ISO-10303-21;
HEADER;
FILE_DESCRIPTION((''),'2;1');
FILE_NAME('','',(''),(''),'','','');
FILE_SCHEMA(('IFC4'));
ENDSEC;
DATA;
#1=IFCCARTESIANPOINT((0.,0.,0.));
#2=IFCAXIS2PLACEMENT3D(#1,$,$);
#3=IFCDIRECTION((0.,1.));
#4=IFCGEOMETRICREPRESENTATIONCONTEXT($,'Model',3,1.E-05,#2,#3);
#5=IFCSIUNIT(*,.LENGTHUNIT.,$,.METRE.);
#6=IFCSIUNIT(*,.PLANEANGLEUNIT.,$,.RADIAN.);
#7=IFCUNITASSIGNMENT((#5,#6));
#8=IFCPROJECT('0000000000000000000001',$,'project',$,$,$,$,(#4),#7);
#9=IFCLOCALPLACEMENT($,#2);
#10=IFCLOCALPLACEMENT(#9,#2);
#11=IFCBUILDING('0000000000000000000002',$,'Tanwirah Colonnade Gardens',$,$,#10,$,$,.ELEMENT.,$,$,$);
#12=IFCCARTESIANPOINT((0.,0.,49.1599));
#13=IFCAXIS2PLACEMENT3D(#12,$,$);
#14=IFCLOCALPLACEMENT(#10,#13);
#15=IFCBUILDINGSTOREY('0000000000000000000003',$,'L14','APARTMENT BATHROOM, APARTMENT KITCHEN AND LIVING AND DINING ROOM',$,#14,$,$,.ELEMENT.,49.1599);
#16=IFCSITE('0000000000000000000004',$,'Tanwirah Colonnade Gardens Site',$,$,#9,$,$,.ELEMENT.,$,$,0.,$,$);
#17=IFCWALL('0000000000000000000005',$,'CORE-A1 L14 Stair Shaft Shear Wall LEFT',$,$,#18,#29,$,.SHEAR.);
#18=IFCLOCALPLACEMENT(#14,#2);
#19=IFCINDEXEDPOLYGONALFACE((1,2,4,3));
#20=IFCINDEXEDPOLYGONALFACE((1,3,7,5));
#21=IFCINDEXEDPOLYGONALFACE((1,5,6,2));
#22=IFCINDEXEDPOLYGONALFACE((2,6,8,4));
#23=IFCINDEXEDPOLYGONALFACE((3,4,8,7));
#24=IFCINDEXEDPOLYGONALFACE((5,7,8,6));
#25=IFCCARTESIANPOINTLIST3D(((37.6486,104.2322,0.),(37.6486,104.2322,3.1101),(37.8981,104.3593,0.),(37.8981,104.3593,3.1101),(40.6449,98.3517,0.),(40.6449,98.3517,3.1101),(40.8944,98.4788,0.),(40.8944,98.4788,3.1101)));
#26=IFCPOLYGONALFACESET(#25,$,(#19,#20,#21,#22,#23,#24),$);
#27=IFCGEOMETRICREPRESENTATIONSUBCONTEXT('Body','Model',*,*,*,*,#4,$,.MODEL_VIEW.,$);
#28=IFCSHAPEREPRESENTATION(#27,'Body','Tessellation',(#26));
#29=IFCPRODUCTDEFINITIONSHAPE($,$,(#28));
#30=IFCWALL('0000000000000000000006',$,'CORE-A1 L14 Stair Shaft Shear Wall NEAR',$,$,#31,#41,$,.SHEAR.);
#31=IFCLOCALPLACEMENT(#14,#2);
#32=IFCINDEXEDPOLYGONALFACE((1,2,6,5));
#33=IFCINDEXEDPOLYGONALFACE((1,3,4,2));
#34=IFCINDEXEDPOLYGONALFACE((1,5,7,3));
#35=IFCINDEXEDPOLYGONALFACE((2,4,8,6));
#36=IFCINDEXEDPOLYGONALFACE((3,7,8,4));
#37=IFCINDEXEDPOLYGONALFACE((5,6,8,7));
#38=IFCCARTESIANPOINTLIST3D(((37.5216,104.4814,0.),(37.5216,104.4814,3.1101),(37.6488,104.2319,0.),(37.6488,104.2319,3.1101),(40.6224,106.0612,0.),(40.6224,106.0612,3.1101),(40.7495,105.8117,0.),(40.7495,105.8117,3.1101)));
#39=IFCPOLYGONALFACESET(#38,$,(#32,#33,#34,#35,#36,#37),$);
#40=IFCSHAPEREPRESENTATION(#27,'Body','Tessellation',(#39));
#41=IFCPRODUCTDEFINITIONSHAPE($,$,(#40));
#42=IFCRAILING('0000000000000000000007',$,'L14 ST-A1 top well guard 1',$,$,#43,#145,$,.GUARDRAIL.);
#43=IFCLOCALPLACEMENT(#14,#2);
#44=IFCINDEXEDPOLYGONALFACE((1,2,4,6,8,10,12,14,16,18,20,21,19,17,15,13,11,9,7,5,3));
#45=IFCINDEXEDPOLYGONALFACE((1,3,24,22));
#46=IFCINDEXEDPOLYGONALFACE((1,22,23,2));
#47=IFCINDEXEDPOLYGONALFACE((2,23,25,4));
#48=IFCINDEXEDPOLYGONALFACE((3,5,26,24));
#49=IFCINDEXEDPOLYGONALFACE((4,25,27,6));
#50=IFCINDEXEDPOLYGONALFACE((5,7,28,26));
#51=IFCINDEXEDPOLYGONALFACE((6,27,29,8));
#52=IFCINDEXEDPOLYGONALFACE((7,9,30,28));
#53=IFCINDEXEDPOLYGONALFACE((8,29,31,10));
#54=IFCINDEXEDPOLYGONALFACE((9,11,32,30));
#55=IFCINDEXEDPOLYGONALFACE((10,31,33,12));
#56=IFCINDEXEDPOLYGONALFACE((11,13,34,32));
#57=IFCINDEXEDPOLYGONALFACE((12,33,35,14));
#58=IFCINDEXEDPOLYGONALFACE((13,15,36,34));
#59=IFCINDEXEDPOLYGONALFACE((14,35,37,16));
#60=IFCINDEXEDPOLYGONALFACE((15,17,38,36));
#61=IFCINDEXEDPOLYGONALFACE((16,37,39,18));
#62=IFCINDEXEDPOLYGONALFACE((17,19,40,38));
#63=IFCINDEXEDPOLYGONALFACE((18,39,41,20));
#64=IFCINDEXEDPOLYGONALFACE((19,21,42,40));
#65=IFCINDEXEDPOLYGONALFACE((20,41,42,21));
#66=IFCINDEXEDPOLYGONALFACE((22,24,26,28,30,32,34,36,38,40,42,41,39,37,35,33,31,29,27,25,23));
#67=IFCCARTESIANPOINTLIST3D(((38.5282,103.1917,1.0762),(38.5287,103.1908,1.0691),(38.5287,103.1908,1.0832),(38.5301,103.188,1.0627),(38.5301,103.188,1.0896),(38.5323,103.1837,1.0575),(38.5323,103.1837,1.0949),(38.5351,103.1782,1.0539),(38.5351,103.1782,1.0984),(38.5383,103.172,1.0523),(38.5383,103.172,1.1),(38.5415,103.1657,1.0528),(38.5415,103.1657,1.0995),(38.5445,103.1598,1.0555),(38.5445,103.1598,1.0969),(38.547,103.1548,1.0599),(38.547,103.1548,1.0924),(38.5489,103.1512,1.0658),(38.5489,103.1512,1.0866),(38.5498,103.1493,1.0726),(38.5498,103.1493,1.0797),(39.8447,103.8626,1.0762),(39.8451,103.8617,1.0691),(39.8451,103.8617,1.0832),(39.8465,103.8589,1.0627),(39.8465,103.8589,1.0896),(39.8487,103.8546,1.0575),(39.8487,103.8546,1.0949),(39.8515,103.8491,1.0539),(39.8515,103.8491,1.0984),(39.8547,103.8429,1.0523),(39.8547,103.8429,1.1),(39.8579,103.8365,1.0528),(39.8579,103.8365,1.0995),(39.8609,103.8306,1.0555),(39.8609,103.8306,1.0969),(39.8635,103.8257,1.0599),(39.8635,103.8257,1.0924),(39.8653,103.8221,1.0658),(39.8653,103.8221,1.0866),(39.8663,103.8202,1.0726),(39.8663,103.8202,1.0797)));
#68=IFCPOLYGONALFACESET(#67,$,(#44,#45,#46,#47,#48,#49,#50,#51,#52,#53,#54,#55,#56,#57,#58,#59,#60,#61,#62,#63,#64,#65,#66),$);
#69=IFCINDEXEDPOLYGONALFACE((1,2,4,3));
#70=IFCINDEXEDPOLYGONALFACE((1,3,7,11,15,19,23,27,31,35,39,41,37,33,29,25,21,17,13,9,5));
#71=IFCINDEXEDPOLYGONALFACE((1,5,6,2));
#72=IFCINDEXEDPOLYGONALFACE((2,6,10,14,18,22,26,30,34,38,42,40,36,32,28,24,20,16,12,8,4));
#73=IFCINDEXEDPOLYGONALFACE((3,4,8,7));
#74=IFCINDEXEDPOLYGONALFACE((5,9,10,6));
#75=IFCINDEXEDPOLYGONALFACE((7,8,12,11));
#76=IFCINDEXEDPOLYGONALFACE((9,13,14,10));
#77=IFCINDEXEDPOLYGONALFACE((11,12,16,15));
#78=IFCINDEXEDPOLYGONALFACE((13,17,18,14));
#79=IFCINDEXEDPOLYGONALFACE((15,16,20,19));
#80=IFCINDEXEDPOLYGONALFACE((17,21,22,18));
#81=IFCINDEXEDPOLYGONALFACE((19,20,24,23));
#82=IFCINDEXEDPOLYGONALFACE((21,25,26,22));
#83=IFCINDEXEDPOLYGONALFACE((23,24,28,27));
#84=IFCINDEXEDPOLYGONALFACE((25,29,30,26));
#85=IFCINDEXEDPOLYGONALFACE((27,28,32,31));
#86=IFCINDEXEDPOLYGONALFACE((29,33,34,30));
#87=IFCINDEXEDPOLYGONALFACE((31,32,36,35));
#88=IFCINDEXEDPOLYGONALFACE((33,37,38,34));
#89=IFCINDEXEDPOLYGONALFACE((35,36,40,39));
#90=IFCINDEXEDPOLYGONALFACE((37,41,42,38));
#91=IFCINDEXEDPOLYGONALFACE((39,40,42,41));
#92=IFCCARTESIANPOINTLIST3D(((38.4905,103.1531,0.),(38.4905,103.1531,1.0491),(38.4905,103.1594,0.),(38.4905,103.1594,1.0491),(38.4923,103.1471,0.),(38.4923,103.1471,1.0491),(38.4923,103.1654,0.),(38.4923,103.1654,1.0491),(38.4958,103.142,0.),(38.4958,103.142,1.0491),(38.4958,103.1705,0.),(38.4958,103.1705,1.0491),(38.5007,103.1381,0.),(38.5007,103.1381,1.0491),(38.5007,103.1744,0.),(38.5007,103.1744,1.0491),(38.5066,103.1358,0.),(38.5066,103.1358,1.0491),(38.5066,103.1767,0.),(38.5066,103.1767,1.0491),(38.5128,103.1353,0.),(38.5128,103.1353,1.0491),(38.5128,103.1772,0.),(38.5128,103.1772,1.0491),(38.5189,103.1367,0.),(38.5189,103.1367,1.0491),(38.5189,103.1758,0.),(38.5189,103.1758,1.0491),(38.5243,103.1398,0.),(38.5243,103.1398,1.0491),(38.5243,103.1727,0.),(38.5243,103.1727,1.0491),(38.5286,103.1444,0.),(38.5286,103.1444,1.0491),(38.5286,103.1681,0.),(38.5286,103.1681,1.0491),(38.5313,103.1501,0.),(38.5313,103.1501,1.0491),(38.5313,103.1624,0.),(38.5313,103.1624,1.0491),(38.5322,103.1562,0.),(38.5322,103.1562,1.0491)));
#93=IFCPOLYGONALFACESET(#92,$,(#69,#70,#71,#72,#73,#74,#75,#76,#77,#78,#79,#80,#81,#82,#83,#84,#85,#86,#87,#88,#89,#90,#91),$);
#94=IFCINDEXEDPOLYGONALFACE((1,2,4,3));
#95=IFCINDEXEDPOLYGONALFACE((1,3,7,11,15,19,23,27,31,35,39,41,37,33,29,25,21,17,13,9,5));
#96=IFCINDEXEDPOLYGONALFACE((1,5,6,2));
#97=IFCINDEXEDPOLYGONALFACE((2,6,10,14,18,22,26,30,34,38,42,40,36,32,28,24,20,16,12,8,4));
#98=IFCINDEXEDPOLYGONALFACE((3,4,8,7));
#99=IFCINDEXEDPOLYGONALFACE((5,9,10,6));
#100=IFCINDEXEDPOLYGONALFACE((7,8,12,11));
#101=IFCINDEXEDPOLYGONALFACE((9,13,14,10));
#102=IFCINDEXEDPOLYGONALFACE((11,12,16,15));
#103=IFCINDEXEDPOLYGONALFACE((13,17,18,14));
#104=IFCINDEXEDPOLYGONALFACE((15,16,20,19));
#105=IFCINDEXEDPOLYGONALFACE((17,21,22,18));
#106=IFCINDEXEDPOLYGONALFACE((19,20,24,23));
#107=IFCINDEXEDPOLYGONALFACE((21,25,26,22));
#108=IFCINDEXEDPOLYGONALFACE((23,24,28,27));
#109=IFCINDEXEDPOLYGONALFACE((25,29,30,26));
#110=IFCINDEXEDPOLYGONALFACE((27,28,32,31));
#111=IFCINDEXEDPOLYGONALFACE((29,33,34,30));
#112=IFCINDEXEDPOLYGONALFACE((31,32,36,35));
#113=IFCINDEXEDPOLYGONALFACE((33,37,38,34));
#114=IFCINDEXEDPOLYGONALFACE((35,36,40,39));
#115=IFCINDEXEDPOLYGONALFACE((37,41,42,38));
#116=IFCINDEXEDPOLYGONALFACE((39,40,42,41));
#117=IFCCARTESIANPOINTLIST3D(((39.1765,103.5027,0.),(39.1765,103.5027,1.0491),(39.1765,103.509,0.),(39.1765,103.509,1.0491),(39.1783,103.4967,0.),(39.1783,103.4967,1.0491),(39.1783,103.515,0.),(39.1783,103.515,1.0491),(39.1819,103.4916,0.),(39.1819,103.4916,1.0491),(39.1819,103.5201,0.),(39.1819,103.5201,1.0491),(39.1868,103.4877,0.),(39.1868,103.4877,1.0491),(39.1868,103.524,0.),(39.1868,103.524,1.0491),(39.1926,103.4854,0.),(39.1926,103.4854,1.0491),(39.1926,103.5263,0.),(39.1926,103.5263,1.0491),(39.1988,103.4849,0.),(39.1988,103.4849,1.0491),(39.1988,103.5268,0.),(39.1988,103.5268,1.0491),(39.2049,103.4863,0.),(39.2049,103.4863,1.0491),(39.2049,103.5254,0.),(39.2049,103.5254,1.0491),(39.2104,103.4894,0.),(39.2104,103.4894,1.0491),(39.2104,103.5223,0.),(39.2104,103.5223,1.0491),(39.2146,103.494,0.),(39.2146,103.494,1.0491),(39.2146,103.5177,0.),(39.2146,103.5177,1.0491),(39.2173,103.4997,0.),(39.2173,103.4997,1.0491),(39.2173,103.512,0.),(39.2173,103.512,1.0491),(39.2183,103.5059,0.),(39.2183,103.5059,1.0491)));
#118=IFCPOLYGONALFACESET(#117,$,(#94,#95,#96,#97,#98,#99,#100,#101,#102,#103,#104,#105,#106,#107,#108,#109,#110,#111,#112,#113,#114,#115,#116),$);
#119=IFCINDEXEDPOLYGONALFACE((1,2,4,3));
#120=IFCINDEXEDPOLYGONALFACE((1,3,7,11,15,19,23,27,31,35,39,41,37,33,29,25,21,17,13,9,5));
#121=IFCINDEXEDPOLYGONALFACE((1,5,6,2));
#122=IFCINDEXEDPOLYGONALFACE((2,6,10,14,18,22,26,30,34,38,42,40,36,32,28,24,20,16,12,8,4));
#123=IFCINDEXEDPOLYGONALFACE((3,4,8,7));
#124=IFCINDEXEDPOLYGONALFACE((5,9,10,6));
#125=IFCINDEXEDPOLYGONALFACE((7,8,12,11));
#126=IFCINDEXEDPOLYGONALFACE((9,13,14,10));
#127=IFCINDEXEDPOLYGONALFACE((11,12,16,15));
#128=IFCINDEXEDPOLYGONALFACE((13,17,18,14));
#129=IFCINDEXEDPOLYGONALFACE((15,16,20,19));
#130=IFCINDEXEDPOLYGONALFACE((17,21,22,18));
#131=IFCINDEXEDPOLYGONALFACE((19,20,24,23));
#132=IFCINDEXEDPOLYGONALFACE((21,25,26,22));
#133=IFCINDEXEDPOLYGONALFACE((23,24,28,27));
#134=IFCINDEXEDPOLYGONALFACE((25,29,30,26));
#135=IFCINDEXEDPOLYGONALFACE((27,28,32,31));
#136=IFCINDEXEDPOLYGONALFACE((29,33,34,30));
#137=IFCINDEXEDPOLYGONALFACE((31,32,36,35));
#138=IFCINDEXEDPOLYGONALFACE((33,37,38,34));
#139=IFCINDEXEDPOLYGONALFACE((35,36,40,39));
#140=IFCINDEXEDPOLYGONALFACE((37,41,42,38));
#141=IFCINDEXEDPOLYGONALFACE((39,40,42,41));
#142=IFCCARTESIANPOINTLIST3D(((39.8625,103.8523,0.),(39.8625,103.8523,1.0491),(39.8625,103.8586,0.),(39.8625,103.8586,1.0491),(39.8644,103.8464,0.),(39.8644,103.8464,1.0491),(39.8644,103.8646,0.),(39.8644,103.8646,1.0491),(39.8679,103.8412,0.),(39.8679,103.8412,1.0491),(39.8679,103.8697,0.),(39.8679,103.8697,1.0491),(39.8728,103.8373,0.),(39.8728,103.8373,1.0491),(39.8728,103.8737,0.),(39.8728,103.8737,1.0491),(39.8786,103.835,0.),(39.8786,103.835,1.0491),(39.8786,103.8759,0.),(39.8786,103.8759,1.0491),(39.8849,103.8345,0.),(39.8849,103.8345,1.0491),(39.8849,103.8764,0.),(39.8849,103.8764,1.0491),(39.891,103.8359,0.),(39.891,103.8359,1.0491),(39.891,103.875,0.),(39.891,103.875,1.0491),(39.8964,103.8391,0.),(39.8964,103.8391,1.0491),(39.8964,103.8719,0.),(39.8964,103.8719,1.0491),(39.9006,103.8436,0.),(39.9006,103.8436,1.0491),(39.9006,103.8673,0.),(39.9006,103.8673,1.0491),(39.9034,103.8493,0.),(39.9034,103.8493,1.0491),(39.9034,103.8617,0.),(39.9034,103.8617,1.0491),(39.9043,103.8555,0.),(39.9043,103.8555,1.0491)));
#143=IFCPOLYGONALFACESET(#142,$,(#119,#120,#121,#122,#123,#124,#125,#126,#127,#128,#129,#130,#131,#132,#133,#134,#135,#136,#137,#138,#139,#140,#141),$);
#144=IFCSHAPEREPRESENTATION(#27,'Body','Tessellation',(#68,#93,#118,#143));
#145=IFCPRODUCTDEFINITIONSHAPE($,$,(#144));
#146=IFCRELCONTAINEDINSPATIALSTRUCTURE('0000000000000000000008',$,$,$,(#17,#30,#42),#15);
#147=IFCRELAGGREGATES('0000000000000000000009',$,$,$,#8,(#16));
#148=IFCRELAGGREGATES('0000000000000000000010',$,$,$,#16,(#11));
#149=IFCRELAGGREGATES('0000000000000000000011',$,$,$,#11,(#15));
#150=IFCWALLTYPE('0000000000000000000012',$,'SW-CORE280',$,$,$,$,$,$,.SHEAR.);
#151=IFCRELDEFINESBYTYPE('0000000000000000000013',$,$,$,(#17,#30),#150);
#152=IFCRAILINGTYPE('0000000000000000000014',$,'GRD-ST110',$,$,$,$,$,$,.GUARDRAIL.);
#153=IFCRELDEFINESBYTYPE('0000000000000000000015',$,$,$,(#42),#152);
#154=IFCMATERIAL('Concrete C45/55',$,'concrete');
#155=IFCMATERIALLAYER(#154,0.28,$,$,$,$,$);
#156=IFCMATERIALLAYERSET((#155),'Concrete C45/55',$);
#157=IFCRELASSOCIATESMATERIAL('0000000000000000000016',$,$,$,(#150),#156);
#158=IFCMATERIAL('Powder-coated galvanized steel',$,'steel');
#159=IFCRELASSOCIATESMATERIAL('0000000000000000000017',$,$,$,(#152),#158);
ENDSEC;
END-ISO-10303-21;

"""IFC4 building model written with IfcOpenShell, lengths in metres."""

from ifc_helpers import new_model, si_unit, direction, frame, frame_2d, origin, origin_2d, place, context, subcontext, project, spatial, rectangle, circle, extrude, material, layer, layer_set, type_object, element, save


model = new_model("IFC4")

# Units and contexts
model_context = context("Model", 3, precision=1e-05, world=origin(), true_north=direction((0.0, 1.0)))
body_context = subcontext(model_context, "Body", "Model", "MODEL_VIEW")
ifc_project = project(units=[si_unit("LENGTHUNIT", "METRE"), si_unit("PLANEANGLEUNIT", "RADIAN")], contexts=[model_context])

# Site, building, storey
site_placement = place(None, origin())
site = spatial("IfcSite", under=ifc_project, at=site_placement, Name="Tanwirah Colonnade Gardens Site", CompositionType="ELEMENT", RefElevation=0.0)
building_placement = place(site_placement, origin())
building = spatial("IfcBuilding", under=site, at=building_placement, Name="Tanwirah Colonnade Gardens", CompositionType="ELEMENT")
storey_placement = place(building_placement, frame((0.0, 0.0, 49.1599)))
storey = spatial("IfcBuildingStorey", under=building, at=storey_placement, Name="L14", Description="APARTMENT BATHROOM, APARTMENT KITCHEN AND LIVING AND DINING ROOM", CompositionType="ELEMENT", Elevation=49.1599)

# Walls
ifc_material_1 = material(Name="Concrete C45/55", Category="concrete")
ifc_layer_1 = layer(ifc_material_1, 0.28)
ifc_layer_set_1 = layer_set([ifc_layer_1], Name="Concrete C45/55")
wall_type_1 = type_object("IfcWallType", Name="SW-CORE280", PredefinedType="SHEAR", material=ifc_layer_set_1)
wall_1_placement = place(storey_placement, frame((37.7734, 104.2957, 0.0), z_axis=(0.0, 0.0, 1.0), x_axis=(0.453992, -0.891006, 0.0)))
element("IfcWall", 1, at=wall_1_placement, inside=storey, type_object=wall_type_1, Name="CORE-A1 L14 Stair Shaft Shear Wall LEFT", PredefinedType="SHEAR", context=body_context, shape_type="SweptSolid", body=[
    extrude(rectangle(XDim=6.5999, YDim=0.28, at=frame_2d((3.2998, 0.0))), origin(), (0.0, 0.0, 1.0), 3.1101),
])
wall_2_placement = place(storey_placement, frame((37.5852, 104.3567, 0.0), z_axis=(0.0, 0.0, 1.0), x_axis=(0.89102, 0.453964, 0.0)))
element("IfcWall", 2, at=wall_2_placement, inside=storey, type_object=wall_type_1, Name="CORE-A1 L14 Stair Shaft Shear Wall NEAR", PredefinedType="SHEAR", context=body_context, shape_type="SweptSolid", body=[
    extrude(rectangle(XDim=3.48, YDim=0.28, at=frame_2d((1.74, 0.0))), origin(), (0.0, 0.0, 1.0), 3.1101),
])

# Railing
ifc_material_2 = material(Name="Powder-coated galvanized steel", Category="steel")
railing_type = type_object("IfcRailingType", Name="GRD-ST110", PredefinedType="GUARDRAIL", material=ifc_material_2)
railing_placement = place(storey_placement, frame((38.5112, 103.1562, 0.0)))
element("IfcRailing", 3, at=railing_placement, inside=storey, type_object=railing_type, Name="L14 ST-A1 top well guard 1", PredefinedType="GUARDRAIL", context=body_context, shape_type="SweptSolid", body=[
    extrude(circle(Radius=0.0239, at=origin_2d()), frame((0.0278, 0.0142, 1.0762), z_axis=(0.890977, 0.454049, 0.0), x_axis=(-0.454049, 0.890977, 0.0)), (0.0, 0.0, 1.0), 1.4775),
    extrude(circle(Radius=0.021, at=origin_2d()), origin(), (0.0, 0.0, 1.0), 1.0491),
    extrude(circle(Radius=0.021, at=origin_2d()), frame((0.686, 0.3496, 0.0)), (0.0, 0.0, 1.0), 1.0491),
    extrude(circle(Radius=0.021, at=origin_2d()), frame((1.3721, 0.6992, 0.0)), (0.0, 0.0, 1.0), 1.0491),
])

save(model, "model.ifc")
